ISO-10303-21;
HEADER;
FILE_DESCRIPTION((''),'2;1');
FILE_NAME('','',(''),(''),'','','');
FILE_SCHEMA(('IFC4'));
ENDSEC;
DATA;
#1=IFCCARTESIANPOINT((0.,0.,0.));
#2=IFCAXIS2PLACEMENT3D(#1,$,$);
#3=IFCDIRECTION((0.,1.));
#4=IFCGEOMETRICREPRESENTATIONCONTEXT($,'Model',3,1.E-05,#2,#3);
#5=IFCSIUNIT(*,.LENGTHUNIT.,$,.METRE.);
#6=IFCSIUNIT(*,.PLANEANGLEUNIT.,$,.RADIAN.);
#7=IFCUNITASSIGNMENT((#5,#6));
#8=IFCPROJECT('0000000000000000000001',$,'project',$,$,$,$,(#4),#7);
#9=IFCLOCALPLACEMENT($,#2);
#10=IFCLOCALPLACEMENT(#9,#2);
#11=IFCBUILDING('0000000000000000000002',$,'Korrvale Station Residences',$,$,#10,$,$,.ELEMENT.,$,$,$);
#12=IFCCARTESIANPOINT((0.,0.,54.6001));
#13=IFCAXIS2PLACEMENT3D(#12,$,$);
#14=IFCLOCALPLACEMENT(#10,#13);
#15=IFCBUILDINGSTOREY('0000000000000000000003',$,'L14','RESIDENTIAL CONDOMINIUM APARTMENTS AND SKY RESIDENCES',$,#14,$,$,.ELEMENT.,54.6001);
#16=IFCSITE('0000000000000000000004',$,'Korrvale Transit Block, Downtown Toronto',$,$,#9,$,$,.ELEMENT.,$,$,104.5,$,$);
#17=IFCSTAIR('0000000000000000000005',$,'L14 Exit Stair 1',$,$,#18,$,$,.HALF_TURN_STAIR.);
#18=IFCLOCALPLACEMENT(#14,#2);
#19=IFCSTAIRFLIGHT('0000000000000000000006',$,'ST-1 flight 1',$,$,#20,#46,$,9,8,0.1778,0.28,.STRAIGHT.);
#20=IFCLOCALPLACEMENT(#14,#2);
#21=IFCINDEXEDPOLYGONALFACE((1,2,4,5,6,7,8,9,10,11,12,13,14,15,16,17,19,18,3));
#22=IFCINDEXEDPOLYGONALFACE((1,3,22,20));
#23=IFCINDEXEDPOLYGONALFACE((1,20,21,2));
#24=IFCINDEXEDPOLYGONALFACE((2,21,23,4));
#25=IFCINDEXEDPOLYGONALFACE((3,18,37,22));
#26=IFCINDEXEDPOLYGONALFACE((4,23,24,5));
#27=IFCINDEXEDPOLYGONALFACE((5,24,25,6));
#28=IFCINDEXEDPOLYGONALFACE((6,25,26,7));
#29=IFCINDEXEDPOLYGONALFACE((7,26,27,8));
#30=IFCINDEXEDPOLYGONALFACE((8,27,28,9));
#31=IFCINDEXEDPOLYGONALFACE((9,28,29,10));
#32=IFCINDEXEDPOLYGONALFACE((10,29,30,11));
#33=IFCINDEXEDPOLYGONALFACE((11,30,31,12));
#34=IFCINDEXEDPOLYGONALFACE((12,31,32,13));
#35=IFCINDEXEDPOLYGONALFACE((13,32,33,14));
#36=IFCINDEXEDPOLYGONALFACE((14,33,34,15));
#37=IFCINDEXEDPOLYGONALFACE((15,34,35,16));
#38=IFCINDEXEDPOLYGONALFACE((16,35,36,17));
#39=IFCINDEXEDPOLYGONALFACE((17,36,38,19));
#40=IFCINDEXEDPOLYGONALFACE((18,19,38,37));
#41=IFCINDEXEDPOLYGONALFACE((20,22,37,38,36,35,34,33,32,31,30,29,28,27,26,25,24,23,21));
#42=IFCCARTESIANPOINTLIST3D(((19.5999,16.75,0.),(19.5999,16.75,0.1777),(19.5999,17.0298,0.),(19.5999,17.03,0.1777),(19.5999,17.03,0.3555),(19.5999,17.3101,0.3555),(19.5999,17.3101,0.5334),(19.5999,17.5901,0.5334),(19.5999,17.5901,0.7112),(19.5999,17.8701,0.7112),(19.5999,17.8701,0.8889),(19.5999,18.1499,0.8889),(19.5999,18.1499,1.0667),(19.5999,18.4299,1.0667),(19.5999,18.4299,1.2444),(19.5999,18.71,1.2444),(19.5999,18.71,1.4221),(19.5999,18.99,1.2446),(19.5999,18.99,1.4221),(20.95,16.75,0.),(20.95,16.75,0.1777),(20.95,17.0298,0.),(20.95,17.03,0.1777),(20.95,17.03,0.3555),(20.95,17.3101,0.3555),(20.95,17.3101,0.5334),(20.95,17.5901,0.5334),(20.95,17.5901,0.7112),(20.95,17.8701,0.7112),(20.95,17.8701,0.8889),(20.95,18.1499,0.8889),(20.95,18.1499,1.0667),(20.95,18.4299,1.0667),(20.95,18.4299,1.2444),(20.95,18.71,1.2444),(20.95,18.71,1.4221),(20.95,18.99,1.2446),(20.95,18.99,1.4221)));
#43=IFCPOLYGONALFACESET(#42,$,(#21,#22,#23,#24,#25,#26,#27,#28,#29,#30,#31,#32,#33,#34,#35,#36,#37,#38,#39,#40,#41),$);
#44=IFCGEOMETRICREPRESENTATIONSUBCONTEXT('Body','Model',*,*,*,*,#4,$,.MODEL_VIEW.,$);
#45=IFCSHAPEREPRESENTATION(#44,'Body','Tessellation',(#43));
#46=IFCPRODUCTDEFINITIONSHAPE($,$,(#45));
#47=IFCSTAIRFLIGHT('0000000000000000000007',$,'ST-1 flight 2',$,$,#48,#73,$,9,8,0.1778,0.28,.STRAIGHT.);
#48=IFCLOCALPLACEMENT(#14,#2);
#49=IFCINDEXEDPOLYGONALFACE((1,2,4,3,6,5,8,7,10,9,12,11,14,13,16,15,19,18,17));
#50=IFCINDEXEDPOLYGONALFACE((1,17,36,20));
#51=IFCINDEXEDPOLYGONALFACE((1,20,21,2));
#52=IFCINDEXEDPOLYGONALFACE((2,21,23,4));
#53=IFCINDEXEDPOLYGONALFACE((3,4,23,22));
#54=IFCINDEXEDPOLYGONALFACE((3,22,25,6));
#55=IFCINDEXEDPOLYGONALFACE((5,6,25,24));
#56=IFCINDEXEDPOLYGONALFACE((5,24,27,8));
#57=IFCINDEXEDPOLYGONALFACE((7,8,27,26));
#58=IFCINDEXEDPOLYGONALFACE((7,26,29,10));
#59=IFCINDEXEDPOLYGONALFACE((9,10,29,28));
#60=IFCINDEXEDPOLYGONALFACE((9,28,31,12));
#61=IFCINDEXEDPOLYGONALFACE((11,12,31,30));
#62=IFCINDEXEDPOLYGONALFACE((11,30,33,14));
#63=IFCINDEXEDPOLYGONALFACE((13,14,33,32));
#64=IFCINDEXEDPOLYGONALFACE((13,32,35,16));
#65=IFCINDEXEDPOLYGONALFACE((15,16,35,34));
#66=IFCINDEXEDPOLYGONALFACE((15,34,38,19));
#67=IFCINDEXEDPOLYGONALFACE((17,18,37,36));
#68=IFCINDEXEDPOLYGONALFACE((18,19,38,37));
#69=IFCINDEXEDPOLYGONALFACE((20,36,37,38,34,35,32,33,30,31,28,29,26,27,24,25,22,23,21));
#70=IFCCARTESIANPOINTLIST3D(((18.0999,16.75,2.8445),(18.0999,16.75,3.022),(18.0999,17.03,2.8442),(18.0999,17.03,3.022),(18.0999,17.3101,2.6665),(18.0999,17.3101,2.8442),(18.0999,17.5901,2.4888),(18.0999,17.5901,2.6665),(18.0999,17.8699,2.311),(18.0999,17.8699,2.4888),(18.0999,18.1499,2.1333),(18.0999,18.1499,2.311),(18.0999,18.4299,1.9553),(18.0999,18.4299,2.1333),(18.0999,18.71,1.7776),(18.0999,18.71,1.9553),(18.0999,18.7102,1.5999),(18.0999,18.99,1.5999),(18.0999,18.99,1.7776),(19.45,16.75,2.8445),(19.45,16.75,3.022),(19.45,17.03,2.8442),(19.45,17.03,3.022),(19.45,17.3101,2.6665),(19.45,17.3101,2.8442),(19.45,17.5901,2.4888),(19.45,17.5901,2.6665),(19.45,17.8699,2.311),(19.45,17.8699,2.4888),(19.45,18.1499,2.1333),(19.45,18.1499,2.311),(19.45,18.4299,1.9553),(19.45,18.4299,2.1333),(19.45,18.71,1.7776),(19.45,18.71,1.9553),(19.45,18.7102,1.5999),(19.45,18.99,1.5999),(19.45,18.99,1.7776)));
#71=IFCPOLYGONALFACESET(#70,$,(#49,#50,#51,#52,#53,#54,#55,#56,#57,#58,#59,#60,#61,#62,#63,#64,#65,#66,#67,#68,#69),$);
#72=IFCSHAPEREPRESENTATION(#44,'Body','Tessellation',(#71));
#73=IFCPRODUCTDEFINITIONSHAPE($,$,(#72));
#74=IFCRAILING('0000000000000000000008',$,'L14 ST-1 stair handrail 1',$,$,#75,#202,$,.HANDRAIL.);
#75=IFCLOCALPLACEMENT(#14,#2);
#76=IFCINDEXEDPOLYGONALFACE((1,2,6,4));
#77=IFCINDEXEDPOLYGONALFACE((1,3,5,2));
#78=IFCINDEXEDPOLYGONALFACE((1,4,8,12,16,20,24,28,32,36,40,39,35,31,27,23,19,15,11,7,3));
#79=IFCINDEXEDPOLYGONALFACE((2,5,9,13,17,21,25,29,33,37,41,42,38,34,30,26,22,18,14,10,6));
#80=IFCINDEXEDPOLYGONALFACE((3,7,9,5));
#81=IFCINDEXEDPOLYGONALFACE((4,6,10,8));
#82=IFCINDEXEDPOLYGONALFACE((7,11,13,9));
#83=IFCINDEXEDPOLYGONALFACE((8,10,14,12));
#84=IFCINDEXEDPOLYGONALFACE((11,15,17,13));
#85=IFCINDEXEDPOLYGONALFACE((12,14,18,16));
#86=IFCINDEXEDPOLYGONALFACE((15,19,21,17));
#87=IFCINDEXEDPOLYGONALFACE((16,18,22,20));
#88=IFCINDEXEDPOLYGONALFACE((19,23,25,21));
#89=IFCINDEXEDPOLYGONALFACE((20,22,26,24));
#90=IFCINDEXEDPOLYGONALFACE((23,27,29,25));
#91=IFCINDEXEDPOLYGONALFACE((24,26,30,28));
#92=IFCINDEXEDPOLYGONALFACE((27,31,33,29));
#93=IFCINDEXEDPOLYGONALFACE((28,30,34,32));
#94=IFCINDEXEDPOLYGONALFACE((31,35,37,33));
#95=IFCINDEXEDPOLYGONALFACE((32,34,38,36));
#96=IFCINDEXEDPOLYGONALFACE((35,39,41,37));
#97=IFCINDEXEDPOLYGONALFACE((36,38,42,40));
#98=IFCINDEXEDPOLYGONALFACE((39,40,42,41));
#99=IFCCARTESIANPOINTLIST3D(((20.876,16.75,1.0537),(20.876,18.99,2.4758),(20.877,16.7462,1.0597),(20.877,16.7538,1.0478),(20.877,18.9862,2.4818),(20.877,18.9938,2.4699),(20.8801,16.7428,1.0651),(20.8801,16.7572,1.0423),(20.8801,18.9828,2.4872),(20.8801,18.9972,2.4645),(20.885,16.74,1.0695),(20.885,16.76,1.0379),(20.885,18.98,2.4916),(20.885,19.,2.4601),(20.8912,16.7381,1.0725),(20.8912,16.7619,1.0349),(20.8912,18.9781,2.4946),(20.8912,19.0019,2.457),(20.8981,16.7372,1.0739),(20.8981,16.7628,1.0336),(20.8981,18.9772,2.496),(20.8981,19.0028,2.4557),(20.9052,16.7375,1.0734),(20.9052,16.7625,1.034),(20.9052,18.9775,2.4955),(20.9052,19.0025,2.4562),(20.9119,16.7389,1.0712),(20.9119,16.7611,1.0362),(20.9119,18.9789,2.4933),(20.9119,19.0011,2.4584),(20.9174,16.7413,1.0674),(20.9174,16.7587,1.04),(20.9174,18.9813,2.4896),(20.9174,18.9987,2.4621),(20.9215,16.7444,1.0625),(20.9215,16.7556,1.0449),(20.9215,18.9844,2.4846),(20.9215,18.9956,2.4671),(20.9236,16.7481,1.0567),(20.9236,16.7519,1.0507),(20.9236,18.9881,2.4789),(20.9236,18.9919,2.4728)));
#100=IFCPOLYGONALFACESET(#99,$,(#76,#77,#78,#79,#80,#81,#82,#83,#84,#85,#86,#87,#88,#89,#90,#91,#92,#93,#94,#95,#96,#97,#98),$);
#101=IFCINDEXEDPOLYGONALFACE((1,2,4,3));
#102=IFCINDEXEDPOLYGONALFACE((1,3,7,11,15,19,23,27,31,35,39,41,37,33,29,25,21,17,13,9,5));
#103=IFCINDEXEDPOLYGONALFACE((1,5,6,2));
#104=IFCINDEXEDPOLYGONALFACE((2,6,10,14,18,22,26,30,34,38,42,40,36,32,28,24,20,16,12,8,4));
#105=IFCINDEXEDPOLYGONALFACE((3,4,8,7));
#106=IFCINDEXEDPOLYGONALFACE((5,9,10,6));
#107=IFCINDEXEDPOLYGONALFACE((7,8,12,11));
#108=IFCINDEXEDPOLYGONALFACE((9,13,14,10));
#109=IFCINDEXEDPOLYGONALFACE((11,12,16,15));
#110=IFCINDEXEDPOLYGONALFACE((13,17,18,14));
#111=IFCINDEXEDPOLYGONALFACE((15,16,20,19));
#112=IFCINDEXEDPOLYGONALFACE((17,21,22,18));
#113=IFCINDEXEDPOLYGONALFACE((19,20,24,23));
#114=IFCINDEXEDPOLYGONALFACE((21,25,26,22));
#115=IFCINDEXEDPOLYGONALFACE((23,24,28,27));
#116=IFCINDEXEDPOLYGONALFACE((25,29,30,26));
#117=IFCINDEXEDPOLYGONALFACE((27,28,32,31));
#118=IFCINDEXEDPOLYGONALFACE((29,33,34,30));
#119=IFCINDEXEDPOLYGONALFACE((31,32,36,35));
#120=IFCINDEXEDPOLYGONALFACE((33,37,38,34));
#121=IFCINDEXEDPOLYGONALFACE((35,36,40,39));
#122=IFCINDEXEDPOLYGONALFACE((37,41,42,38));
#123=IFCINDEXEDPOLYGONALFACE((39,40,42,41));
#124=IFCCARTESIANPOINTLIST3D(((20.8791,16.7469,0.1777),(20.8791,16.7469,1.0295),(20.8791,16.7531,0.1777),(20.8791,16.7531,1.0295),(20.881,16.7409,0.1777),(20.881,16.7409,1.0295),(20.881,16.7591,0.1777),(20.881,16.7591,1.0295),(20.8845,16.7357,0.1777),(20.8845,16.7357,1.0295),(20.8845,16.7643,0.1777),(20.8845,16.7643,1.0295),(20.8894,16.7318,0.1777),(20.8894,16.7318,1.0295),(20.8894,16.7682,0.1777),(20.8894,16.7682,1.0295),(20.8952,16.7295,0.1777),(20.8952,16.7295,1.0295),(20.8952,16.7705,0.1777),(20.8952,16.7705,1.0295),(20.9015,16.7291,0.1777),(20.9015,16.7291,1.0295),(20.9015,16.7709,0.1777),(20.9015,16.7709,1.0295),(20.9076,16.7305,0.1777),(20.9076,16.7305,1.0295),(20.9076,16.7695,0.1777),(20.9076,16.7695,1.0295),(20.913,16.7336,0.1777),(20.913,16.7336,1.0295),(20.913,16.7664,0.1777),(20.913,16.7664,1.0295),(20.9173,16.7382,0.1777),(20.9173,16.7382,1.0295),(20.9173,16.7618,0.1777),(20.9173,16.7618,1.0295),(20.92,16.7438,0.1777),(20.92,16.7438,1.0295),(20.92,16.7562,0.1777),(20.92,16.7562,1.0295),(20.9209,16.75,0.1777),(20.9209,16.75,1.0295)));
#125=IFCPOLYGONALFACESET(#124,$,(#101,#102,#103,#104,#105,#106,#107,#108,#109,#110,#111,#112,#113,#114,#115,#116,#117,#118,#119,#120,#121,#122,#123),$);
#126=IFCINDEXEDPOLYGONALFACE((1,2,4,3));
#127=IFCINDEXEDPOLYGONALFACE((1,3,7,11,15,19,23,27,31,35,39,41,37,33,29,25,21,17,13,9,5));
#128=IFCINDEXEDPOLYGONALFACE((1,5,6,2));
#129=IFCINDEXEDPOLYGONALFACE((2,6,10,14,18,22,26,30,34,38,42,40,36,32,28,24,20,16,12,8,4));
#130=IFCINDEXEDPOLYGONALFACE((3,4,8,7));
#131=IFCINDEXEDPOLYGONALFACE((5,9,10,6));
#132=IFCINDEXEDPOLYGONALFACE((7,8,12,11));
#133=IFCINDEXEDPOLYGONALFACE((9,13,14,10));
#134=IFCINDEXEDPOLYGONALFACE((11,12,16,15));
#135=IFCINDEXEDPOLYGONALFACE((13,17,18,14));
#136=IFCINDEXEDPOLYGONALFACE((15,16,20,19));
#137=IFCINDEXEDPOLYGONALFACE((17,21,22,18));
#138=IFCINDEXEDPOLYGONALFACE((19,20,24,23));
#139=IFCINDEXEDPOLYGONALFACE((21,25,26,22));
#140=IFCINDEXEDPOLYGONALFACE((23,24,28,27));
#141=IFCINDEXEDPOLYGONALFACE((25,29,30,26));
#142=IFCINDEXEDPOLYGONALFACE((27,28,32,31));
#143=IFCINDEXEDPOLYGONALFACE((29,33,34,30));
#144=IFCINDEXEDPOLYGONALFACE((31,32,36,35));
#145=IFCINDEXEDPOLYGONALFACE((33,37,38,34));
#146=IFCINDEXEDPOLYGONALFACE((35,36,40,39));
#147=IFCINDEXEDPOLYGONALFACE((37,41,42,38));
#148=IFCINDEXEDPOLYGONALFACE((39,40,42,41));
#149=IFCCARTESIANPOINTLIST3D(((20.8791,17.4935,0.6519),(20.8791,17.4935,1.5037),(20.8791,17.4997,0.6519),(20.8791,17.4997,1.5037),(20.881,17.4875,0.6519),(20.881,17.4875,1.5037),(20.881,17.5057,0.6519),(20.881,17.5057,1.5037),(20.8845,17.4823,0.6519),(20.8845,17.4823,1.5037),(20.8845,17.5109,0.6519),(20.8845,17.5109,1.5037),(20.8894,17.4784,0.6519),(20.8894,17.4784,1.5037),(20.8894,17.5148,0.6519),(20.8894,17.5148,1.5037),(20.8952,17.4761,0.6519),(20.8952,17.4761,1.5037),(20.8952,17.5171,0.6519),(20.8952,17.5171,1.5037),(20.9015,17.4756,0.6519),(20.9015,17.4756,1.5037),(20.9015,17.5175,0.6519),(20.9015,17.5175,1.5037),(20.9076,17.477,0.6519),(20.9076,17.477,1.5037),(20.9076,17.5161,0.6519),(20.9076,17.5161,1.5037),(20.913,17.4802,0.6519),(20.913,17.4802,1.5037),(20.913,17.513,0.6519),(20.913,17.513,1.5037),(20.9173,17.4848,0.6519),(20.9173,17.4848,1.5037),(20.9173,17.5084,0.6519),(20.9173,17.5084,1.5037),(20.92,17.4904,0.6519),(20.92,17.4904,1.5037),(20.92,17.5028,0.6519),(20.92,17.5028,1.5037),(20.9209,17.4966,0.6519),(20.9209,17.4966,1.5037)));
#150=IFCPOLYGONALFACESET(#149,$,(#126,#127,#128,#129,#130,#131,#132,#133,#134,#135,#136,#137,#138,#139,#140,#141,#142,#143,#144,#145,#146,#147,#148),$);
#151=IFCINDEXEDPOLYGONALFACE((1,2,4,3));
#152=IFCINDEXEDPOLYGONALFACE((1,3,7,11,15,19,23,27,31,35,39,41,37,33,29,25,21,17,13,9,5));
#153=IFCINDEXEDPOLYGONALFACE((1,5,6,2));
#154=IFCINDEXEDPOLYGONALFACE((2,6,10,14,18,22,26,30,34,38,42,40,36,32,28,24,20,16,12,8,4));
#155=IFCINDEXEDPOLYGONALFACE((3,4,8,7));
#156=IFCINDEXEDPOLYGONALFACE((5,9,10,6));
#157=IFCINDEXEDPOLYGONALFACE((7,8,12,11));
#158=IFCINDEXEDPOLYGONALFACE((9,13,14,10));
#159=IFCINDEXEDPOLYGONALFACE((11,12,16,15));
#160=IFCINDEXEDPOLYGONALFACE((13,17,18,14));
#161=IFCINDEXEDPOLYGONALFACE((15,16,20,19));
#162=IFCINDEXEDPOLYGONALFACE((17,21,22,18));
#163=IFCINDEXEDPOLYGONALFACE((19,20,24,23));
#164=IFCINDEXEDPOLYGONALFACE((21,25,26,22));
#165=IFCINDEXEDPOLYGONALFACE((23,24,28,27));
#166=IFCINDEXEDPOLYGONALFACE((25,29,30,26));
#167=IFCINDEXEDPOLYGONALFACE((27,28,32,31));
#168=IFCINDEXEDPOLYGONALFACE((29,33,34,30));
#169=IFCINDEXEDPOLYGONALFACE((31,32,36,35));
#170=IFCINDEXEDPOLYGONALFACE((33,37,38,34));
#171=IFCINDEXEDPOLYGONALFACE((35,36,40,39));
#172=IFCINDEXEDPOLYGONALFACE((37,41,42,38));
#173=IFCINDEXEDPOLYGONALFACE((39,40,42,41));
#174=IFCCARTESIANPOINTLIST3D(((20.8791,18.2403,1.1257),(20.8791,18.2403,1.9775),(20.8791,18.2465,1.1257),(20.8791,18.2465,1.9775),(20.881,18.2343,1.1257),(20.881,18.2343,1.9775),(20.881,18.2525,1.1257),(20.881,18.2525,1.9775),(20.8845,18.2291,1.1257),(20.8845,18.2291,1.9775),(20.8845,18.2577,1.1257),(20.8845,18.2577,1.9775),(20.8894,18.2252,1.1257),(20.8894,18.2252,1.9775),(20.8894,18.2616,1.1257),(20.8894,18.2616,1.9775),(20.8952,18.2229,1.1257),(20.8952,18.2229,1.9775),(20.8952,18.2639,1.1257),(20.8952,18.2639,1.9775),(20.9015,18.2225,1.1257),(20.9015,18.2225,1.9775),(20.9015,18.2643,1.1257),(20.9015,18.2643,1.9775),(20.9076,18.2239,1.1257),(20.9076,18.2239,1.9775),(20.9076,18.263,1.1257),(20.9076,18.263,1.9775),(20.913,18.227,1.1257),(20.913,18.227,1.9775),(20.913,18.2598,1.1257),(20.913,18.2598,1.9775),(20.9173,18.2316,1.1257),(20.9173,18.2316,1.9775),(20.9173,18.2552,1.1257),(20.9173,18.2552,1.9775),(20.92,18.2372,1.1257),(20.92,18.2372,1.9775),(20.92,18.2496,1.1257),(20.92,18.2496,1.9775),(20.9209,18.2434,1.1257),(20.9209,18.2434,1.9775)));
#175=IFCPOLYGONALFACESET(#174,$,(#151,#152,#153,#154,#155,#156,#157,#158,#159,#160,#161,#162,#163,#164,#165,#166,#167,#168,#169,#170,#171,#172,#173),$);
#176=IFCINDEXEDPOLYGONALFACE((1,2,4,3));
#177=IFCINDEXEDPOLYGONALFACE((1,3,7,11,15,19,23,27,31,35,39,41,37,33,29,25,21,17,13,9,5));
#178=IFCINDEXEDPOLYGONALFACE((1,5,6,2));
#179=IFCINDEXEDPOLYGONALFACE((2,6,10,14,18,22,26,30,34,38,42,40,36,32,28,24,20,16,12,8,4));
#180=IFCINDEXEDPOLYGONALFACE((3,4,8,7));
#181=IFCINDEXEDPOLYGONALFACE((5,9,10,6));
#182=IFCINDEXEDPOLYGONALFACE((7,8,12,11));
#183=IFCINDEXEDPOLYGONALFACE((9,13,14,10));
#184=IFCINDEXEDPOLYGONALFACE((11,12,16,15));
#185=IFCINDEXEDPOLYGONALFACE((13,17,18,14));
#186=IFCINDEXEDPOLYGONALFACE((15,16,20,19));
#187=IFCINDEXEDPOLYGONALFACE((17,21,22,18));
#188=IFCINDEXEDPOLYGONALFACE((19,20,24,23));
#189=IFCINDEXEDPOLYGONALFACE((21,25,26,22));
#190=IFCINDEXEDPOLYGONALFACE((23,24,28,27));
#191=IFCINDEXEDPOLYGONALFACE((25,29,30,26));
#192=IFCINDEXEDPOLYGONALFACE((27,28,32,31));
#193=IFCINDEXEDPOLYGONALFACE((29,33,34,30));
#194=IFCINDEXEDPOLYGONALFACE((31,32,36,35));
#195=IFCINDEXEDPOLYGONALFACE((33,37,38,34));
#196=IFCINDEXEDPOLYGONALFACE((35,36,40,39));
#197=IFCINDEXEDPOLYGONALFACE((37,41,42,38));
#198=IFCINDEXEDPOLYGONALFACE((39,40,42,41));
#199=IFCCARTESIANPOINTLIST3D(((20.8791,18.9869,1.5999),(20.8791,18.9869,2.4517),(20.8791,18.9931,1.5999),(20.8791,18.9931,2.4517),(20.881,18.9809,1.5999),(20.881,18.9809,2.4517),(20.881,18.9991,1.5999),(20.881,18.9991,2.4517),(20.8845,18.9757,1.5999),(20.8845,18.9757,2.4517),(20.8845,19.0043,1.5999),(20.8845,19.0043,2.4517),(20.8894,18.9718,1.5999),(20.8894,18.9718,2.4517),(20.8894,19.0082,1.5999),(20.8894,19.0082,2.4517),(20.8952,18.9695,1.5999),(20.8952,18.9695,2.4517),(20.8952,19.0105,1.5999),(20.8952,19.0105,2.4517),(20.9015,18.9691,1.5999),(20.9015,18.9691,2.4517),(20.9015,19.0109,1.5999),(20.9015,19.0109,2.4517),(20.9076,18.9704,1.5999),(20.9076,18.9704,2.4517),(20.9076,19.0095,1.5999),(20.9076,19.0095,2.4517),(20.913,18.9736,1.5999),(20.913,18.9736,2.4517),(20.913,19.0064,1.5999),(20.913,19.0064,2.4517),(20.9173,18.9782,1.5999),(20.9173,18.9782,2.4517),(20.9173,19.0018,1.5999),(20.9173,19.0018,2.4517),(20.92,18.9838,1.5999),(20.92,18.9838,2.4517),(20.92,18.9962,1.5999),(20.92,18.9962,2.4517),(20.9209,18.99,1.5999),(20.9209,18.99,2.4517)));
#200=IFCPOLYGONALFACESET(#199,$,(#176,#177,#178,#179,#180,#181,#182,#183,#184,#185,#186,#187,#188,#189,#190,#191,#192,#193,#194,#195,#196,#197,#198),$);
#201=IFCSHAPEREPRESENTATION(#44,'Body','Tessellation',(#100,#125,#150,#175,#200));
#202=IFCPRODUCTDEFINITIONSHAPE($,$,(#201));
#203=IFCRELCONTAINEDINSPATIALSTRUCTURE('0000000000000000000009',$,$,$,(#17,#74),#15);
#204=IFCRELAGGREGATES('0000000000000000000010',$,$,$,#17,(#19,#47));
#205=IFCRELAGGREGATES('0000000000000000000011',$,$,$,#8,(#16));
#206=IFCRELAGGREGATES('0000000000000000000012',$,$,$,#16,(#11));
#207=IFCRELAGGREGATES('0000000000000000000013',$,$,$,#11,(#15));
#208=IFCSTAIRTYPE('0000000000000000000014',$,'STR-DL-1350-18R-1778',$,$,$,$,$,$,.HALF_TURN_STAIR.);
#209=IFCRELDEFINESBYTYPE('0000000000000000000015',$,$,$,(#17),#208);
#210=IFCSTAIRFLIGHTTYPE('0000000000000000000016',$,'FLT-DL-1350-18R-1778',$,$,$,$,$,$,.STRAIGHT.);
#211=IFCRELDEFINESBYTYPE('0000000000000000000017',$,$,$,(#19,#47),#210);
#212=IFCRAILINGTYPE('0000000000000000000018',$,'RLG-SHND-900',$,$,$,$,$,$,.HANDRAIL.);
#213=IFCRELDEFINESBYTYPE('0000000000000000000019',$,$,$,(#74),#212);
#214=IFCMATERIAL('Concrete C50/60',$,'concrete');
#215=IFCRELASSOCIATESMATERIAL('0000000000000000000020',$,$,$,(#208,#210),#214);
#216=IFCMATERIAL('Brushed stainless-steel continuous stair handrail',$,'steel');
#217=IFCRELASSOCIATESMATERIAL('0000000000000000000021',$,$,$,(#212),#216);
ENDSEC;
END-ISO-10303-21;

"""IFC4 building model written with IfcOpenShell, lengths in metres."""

from ifc_helpers import new_model, si_unit, direction, frame, origin, origin_2d, place, context, subcontext, project, spatial, polyline, circle, outline, extrude, material, type_object, element, aggregate, save


model = new_model("IFC4")

# Units and contexts
model_context = context("Model", 3, precision=1e-05, world=origin(), true_north=direction((0.0, 1.0)))
body_context = subcontext(model_context, "Body", "Model", "MODEL_VIEW")
ifc_project = project(units=[si_unit("LENGTHUNIT", "METRE"), si_unit("PLANEANGLEUNIT", "RADIAN")], contexts=[model_context])

# Site, building, storey
site_placement = place(None, origin())
site = spatial("IfcSite", under=ifc_project, at=site_placement, Name="Korrvale Transit Block, Downtown Toronto", CompositionType="ELEMENT", RefElevation=104.5)
building_placement = place(site_placement, origin())
building = spatial("IfcBuilding", under=site, at=building_placement, Name="Korrvale Station Residences", CompositionType="ELEMENT")
storey_placement = place(building_placement, frame((0.0, 0.0, 54.6001)))
storey = spatial("IfcBuildingStorey", under=building, at=storey_placement, Name="L14", Description="RESIDENTIAL CONDOMINIUM APARTMENTS AND SKY RESIDENCES", CompositionType="ELEMENT", Elevation=54.6001)

# Stair, stair flights
ifc_material_1 = material(Name="Concrete C50/60", Category="concrete")
stair_type = type_object("IfcStairType", Name="STR-DL-1350-18R-1778", PredefinedType="HALF_TURN_STAIR", material=ifc_material_1)
stair_placement = place(storey_placement, origin())
stair = element("IfcStair", 1, at=stair_placement, inside=storey, type_object=stair_type, Name="L14 Exit Stair 1", PredefinedType="HALF_TURN_STAIR")
stair_flight_type = type_object("IfcStairFlightType", Name="FLT-DL-1350-18R-1778", PredefinedType="STRAIGHT", material=ifc_material_1)
stair_flight_1_placement = place(storey_placement, frame((20.2749, 16.75, 0.0), z_axis=(0.0, 0.0, 1.0), x_axis=(0.0, 1.0, 0.0)))
stair_flight_1 = element("IfcStairFlight", 2, at=stair_flight_1_placement, type_object=stair_flight_type, Name="ST-1 flight 1", NumberOfRisers=9, NumberOfTreads=8, PredefinedType="STRAIGHT", RiserHeight=0.1778, TreadLength=0.28, context=body_context, shape_type="SweptSolid", body=[
    extrude(outline(polyline([(0.0, 0.0), (0.0, 0.1777), (0.28, 0.1777), (0.28, 0.3555), (0.5601, 0.3555), (0.5601, 0.5334), (0.8401, 0.5334), (0.8401, 0.7112), (1.1201, 0.7112), (1.1201, 0.8889), (1.3999, 0.8889), (1.3999, 1.0667), (1.6799, 1.0667), (1.6799, 1.2444), (1.96, 1.2444), (1.96, 1.4221), (2.24, 1.4221), (2.24, 1.6001), (2.24, 1.2446), (0.2798, 0.0), (0.0, 0.0)])), frame((0.0, 0.675, 0.0), z_axis=(0.0, -1.0, 0.0), x_axis=(1.0, 0.0, 0.0)), (0.0, 0.0, 1.0), 1.3501),
])
stair_flight_2_placement = place(storey_placement, frame((18.7749, 18.99, 1.5999), z_axis=(0.0, 0.0, 1.0), x_axis=(0.0, -1.0, 0.0)))
stair_flight_2 = element("IfcStairFlight", 3, at=stair_flight_2_placement, type_object=stair_flight_type, Name="ST-1 flight 2", NumberOfRisers=9, NumberOfTreads=8, PredefinedType="STRAIGHT", RiserHeight=0.1778, TreadLength=0.28, context=body_context, shape_type="SweptSolid", body=[
    extrude(outline(polyline([(0.0, 0.0), (0.0, 0.1777), (0.28, 0.1777), (0.28, 0.3555), (0.5601, 0.3555), (0.5601, 0.5334), (0.8401, 0.5334), (0.8401, 0.7112), (1.1201, 0.7112), (1.1201, 0.8889), (1.3999, 0.8889), (1.3999, 1.0667), (1.6799, 1.0667), (1.6799, 1.2444), (1.96, 1.2444), (1.96, 1.4221), (2.24, 1.4221), (2.24, 1.6001), (2.24, 1.2446), (0.2798, 0.0), (0.0, 0.0)])), frame((0.0, 0.675, 0.0), z_axis=(0.0, -1.0, 0.0), x_axis=(1.0, 0.0, 0.0)), (0.0, 0.0, 1.0), 1.3501),
])
aggregate(stair, [stair_flight_1, stair_flight_2])

# Railing
ifc_material_2 = material(Name="Brushed stainless-steel continuous stair handrail", Category="steel")
railing_type_1 = type_object("IfcRailingType", Name="RLG-SHND-900", PredefinedType="HANDRAIL", material=ifc_material_2)
railing_1_placement = place(storey_placement, frame((20.8999, 16.75, 0.1777)))
element("IfcRailing", 4, at=railing_1_placement, inside=storey, type_object=railing_type_1, Name="L14 ST-1 stair handrail 1", PredefinedType="HANDRAIL", context=body_context, shape_type="SweptSolid", body=[
    extrude(circle(Radius=0.0239, at=origin_2d()), frame((0.0, 0.0, 0.876), z_axis=(0.0, 0.844229, 0.535982), x_axis=(-1.0, 0.0, 0.0)), (0.0, 0.0, 1.0), 2.6533),
    extrude(circle(Radius=0.021, at=origin_2d()), origin(), (0.0, 0.0, 1.0), 0.8518),
    extrude(circle(Radius=0.021, at=origin_2d()), frame((0.0, 0.7466, 0.4741)), (0.0, 0.0, 1.0), 0.8518),
    extrude(circle(Radius=0.021, at=origin_2d()), frame((0.0, 1.4934, 0.948)), (0.0, 0.0, 1.0), 0.8518),
    extrude(circle(Radius=0.021, at=origin_2d()), frame((0.0, 2.24, 1.4221)), (0.0, 0.0, 1.0), 0.8518),
])

save(model, "model.ifc")
